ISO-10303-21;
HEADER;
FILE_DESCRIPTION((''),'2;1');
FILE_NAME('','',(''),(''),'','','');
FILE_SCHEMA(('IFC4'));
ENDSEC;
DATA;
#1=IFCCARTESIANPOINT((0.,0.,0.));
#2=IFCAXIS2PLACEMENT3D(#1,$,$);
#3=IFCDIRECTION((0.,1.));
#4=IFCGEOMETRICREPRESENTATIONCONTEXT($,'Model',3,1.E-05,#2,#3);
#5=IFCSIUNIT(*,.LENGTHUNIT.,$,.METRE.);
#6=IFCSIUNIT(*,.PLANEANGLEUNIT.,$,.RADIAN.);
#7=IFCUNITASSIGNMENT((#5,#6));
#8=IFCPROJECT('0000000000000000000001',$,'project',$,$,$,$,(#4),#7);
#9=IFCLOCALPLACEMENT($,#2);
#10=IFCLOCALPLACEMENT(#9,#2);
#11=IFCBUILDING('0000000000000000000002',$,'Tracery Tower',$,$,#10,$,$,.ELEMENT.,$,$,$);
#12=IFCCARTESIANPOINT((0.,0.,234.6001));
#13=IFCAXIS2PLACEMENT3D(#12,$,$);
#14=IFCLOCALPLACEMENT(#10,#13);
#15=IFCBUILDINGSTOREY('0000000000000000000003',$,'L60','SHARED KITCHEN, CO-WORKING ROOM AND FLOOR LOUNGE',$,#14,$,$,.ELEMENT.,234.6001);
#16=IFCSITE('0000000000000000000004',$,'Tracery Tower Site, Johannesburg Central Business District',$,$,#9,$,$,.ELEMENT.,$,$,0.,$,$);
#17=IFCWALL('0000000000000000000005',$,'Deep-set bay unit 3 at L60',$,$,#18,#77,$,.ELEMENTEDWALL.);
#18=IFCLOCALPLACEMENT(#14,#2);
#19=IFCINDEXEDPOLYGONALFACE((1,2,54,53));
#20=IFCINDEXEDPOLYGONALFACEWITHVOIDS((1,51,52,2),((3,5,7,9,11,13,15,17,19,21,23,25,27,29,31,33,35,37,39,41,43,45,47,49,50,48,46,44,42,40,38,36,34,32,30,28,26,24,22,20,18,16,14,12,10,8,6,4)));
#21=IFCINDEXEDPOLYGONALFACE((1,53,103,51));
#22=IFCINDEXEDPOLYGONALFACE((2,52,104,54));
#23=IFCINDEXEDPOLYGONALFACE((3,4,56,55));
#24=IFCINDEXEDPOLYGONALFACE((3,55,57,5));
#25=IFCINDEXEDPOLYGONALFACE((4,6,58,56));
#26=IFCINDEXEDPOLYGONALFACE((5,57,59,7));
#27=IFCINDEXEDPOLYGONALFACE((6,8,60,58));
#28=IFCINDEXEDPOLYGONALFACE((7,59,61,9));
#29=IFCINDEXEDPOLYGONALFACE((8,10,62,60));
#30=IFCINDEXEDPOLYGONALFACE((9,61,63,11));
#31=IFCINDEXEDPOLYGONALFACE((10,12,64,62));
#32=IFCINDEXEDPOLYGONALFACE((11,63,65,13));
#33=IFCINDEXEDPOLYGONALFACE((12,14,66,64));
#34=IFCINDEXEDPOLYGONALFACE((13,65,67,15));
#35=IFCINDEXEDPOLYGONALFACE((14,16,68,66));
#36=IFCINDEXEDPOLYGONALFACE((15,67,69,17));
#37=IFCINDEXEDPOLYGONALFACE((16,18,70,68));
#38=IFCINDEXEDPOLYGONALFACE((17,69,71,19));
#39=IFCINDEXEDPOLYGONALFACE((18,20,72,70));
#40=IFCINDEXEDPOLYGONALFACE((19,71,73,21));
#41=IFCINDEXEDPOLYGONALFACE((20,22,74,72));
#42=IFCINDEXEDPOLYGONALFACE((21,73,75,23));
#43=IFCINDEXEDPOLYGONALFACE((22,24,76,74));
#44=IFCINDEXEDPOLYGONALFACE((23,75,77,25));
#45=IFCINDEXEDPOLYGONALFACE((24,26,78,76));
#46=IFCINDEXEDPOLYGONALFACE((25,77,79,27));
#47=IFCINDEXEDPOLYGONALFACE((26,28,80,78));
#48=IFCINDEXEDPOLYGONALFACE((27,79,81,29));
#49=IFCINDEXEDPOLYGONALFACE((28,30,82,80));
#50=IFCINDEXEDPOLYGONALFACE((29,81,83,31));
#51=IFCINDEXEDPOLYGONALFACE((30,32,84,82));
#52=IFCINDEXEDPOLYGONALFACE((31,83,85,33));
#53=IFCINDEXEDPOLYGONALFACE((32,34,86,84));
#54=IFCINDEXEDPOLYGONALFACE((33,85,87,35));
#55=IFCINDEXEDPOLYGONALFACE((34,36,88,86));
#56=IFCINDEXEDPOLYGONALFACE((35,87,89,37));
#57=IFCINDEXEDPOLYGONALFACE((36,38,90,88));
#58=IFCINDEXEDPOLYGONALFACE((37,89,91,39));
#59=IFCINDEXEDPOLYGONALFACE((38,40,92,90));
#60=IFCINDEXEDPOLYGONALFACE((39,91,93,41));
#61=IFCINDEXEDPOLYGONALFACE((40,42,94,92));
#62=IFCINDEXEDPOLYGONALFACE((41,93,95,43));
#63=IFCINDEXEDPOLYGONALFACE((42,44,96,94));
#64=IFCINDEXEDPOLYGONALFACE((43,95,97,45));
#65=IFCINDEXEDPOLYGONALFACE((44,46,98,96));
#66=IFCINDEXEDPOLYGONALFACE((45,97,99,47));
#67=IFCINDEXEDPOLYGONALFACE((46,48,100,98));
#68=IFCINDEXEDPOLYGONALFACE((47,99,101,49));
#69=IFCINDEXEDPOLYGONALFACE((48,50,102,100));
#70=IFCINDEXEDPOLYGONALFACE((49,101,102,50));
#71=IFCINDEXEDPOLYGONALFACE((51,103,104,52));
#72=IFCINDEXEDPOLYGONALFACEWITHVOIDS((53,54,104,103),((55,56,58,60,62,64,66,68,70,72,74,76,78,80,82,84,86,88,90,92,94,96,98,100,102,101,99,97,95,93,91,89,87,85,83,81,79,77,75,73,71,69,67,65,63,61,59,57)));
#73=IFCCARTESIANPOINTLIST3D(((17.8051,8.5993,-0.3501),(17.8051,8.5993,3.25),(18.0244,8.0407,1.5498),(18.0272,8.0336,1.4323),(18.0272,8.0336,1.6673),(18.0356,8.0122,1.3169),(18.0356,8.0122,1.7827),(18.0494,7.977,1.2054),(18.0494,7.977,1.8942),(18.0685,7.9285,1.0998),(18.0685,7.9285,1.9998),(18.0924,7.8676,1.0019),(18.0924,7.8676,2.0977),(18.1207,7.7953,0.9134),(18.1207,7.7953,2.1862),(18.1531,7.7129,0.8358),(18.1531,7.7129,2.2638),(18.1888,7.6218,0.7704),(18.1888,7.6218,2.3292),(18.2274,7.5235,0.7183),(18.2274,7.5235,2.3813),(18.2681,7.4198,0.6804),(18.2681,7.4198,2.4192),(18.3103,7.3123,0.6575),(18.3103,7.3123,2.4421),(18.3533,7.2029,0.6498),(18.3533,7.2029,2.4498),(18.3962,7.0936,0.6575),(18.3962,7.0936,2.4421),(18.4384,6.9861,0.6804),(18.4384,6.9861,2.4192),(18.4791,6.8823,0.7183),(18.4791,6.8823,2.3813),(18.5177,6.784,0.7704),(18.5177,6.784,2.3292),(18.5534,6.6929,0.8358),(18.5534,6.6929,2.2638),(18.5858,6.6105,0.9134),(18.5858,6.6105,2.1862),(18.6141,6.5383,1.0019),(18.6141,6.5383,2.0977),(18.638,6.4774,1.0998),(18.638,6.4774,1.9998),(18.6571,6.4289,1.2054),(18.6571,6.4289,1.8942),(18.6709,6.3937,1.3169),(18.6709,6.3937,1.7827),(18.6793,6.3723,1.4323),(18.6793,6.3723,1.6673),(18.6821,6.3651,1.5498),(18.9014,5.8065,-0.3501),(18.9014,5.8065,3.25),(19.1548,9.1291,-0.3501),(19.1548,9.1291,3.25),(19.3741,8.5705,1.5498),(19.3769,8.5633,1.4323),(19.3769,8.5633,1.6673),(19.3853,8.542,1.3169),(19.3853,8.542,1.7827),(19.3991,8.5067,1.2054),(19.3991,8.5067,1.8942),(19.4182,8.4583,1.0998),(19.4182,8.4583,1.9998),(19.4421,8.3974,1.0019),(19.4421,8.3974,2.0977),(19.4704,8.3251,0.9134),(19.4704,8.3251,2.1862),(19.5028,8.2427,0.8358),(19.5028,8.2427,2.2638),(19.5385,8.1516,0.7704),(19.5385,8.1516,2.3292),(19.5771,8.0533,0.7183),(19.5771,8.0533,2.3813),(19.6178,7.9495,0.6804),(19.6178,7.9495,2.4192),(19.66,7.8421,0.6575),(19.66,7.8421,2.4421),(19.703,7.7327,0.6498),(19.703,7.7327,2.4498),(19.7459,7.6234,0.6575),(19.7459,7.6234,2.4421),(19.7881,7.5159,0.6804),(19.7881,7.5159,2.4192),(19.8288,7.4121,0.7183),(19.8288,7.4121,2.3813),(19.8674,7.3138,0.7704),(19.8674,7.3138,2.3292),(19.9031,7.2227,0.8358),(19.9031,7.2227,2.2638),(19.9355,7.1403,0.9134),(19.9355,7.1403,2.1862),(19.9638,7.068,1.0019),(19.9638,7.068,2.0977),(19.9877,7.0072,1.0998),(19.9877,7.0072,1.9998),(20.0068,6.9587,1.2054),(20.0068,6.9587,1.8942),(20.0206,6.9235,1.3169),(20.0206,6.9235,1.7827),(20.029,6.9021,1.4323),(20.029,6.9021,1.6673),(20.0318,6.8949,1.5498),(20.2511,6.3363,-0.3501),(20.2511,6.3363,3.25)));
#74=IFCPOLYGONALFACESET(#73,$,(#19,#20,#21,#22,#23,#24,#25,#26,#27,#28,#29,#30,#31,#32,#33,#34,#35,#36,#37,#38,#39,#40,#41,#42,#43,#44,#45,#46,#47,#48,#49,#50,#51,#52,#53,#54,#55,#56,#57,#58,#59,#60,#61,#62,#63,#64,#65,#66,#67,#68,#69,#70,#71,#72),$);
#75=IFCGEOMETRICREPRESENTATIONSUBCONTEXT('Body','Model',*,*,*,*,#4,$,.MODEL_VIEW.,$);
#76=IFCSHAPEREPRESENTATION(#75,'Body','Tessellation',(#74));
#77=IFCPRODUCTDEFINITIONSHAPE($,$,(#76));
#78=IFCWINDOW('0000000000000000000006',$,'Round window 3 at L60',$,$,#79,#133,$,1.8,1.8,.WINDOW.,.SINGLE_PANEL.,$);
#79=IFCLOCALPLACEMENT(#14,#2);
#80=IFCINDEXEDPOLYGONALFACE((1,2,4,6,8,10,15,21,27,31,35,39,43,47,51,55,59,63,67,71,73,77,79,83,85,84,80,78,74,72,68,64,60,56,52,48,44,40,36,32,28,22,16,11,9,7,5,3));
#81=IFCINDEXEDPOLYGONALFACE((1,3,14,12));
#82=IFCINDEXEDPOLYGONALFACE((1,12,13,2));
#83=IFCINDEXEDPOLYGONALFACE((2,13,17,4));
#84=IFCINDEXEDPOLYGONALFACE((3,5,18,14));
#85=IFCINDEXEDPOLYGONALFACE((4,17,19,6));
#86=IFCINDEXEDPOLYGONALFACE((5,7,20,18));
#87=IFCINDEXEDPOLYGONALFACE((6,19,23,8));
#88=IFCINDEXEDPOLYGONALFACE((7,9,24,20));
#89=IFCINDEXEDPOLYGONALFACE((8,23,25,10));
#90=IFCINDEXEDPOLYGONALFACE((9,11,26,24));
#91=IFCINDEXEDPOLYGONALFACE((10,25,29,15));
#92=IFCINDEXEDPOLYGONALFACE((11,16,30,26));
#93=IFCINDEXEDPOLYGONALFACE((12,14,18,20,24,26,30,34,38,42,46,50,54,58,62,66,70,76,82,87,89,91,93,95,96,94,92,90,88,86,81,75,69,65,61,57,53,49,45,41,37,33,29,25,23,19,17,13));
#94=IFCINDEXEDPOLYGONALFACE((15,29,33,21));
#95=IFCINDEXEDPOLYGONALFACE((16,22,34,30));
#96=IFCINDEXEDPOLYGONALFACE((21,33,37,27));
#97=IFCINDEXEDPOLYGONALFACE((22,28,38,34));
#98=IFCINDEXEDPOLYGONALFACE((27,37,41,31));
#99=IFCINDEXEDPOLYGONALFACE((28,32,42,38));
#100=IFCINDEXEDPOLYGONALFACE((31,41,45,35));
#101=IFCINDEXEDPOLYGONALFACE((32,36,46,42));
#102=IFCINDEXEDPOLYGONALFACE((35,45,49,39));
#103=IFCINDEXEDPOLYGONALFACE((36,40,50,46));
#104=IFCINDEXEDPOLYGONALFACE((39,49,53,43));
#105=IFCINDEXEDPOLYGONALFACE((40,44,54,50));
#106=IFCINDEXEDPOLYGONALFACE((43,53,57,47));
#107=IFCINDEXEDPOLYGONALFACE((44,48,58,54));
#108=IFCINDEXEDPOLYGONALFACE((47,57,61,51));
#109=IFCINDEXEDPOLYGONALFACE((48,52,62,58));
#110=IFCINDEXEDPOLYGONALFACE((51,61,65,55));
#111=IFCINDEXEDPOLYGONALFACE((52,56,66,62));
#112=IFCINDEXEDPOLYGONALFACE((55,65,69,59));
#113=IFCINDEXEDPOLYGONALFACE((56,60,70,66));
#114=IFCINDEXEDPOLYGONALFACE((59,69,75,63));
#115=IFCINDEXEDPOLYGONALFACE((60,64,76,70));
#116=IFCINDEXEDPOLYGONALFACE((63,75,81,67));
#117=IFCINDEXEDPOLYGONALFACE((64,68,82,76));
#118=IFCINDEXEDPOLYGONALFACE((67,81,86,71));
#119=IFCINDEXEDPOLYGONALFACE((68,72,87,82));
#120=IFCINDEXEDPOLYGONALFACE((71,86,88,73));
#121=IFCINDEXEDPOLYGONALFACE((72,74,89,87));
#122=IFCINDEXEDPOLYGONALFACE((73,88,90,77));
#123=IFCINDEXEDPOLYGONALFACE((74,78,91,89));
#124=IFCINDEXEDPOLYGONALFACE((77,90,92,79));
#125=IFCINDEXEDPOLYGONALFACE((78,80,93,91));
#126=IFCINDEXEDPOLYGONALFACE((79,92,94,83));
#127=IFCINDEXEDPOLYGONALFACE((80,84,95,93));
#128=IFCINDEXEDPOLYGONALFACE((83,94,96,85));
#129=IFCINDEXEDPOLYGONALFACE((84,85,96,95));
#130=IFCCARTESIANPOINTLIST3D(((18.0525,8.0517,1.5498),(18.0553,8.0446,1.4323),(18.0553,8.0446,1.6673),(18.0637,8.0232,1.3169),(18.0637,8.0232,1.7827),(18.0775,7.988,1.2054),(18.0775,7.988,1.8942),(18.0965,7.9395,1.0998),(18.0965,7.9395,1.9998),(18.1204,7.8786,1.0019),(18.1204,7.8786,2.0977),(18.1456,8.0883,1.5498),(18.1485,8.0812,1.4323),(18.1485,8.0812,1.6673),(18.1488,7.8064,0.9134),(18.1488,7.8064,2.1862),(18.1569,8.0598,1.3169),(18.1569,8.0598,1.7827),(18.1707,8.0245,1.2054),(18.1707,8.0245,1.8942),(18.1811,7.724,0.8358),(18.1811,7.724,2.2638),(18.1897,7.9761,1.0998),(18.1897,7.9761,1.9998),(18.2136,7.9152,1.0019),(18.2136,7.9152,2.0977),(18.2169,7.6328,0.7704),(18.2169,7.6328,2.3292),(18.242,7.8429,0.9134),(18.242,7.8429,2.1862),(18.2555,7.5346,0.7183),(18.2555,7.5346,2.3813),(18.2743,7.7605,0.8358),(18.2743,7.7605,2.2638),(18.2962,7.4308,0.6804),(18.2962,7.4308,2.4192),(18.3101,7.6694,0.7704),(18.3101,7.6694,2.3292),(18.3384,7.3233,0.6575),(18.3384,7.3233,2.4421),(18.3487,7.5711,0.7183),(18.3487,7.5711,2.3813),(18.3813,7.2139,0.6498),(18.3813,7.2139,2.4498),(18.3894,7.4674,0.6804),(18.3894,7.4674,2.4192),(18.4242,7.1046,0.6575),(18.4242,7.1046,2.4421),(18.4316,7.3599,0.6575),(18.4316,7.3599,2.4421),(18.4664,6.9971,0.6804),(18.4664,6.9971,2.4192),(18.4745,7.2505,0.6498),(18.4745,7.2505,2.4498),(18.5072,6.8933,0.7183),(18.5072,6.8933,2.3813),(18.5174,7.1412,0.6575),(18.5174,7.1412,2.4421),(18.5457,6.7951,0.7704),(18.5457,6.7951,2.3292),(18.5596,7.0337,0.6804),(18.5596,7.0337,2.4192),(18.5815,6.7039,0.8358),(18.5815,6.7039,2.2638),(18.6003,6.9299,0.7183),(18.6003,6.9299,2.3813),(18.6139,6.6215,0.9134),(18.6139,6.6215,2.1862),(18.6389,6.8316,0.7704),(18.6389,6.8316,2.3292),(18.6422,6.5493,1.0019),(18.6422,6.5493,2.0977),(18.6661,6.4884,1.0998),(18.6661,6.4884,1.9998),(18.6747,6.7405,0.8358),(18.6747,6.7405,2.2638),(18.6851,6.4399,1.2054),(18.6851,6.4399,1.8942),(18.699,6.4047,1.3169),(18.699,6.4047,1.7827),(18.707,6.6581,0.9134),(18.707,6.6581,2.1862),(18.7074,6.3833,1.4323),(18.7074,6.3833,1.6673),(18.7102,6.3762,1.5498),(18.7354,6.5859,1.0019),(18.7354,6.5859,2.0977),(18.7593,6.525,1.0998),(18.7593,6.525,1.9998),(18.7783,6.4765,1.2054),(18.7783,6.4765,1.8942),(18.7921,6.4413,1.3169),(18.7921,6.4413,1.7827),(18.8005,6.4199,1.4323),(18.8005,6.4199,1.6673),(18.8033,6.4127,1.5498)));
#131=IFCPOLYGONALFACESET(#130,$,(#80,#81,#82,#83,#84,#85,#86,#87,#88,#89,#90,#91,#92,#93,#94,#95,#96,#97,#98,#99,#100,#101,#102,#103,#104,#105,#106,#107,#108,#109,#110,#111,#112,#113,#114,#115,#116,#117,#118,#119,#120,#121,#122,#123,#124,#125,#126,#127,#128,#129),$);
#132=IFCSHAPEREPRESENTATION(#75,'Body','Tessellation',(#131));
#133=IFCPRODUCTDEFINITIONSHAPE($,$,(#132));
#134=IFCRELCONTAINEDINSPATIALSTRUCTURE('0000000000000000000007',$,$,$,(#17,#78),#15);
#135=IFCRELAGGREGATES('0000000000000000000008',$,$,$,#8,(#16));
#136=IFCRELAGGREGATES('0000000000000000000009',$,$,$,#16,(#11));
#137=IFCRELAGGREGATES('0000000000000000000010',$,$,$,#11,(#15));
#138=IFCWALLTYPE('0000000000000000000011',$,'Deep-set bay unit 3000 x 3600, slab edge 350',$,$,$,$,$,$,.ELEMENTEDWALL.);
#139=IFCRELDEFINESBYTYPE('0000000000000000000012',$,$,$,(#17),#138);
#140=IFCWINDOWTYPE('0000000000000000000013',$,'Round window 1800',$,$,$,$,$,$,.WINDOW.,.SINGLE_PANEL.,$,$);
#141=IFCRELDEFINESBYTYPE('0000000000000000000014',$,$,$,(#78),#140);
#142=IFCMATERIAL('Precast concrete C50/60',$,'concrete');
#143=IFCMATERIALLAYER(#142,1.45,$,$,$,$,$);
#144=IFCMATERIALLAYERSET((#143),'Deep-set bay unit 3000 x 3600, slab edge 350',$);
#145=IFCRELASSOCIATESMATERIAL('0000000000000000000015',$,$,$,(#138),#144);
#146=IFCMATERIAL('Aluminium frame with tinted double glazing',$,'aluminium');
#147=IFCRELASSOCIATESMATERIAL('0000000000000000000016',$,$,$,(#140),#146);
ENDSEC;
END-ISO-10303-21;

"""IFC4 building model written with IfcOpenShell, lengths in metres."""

from ifc_helpers import new_model, si_unit, direction, frame, frame_2d, origin, origin_2d, place, context, subcontext, project, spatial, rectangle, circle, extrude, material, layer, layer_set, type_object, element, fill, save


model = new_model("IFC4")

# Units and contexts
model_context = context("Model", 3, precision=1e-05, world=origin(), true_north=direction((0.0, 1.0)))
body_context = subcontext(model_context, "Body", "Model", "MODEL_VIEW")
ifc_project = project(units=[si_unit("LENGTHUNIT", "METRE"), si_unit("PLANEANGLEUNIT", "RADIAN")], contexts=[model_context])

# Site, building, storey
site_placement = place(None, origin())
site = spatial("IfcSite", under=ifc_project, at=site_placement, Name="Tracery Tower Site, Johannesburg Central Business District", CompositionType="ELEMENT", RefElevation=0.0)
building_placement = place(site_placement, origin())
building = spatial("IfcBuilding", under=site, at=building_placement, Name="Tracery Tower", CompositionType="ELEMENT")
storey_placement = place(building_placement, frame((0.0, 0.0, 234.6001)))
storey = spatial("IfcBuildingStorey", under=building, at=storey_placement, Name="L60", Description="SHARED KITCHEN, CO-WORKING ROOM AND FLOOR LOUNGE", CompositionType="ELEMENT", Elevation=234.6001)

# Wall, opening, window
ifc_material_1 = material(Name="Precast concrete C50/60", Category="concrete")
ifc_layer_1 = layer(ifc_material_1, 1.45)
ifc_layer_set_1 = layer_set([ifc_layer_1], Name="Deep-set bay unit 3000 x 3600, slab edge 350")
wall_type_1 = type_object("IfcWallType", Name="Deep-set bay unit 3000 x 3600, slab edge 350", PredefinedType="ELEMENTEDWALL", material=ifc_layer_set_1)
wall_1_placement = place(storey_placement, frame((19.5762, 6.0715, -0.3501), z_axis=(0.0, 0.0, 1.0), x_axis=(-0.365378, 0.930859, 0.0)))
wall_1 = element("IfcWall", 1, at=wall_1_placement, inside=storey, type_object=wall_type_1, Name="Deep-set bay unit 3 at L60", PredefinedType="ELEMENTEDWALL", context=body_context, shape_type="SweptSolid", body=[
    extrude(rectangle(XDim=3.0002, YDim=1.45, at=frame_2d((1.5, 0.0))), origin(), (0.0, 0.0, 1.0), 3.6001),
])
opening_1_placement = place(wall_1_placement, frame((1.5, 0.0, 1.8999)))
opening_1 = element("IfcOpeningElement", 2, at=opening_1_placement, cuts=wall_1, PredefinedType="OPENING", context=body_context, shape_type="SweptSolid", body=[
    extrude(circle(Radius=0.9, at=origin_2d()), frame((0.0, 0.7349, 0.0), z_axis=(0.0, -1.0, 0.0), x_axis=(1.0, 0.0, 0.0)), (0.0, 0.0, 1.0), 1.47),
])
ifc_material_2 = material(Name="Aluminium frame with tinted double glazing", Category="aluminium")
window_type = type_object("IfcWindowType", Name="Round window 1800", PartitioningType="SINGLE_PANEL", PredefinedType="WINDOW", material=ifc_material_2)
window_1_placement = place(opening_1_placement, origin())
window_1 = element("IfcWindow", 3, at=window_1_placement, inside=storey, type_object=window_type, Name="Round window 3 at L60", OverallHeight=1.8, OverallWidth=1.8, PartitioningType="SINGLE_PANEL", PredefinedType="WINDOW", context=body_context, shape_type="SweptSolid", body=[
    extrude(circle(Radius=0.9, at=origin_2d()), frame((0.0, 0.6948, 0.0), z_axis=(0.0, -1.0, 0.0), x_axis=(1.0, 0.0, 0.0)), (0.0, 0.0, 1.0), 0.1001),
])
fill(opening_1, window_1)

save(model, "model.ifc")
